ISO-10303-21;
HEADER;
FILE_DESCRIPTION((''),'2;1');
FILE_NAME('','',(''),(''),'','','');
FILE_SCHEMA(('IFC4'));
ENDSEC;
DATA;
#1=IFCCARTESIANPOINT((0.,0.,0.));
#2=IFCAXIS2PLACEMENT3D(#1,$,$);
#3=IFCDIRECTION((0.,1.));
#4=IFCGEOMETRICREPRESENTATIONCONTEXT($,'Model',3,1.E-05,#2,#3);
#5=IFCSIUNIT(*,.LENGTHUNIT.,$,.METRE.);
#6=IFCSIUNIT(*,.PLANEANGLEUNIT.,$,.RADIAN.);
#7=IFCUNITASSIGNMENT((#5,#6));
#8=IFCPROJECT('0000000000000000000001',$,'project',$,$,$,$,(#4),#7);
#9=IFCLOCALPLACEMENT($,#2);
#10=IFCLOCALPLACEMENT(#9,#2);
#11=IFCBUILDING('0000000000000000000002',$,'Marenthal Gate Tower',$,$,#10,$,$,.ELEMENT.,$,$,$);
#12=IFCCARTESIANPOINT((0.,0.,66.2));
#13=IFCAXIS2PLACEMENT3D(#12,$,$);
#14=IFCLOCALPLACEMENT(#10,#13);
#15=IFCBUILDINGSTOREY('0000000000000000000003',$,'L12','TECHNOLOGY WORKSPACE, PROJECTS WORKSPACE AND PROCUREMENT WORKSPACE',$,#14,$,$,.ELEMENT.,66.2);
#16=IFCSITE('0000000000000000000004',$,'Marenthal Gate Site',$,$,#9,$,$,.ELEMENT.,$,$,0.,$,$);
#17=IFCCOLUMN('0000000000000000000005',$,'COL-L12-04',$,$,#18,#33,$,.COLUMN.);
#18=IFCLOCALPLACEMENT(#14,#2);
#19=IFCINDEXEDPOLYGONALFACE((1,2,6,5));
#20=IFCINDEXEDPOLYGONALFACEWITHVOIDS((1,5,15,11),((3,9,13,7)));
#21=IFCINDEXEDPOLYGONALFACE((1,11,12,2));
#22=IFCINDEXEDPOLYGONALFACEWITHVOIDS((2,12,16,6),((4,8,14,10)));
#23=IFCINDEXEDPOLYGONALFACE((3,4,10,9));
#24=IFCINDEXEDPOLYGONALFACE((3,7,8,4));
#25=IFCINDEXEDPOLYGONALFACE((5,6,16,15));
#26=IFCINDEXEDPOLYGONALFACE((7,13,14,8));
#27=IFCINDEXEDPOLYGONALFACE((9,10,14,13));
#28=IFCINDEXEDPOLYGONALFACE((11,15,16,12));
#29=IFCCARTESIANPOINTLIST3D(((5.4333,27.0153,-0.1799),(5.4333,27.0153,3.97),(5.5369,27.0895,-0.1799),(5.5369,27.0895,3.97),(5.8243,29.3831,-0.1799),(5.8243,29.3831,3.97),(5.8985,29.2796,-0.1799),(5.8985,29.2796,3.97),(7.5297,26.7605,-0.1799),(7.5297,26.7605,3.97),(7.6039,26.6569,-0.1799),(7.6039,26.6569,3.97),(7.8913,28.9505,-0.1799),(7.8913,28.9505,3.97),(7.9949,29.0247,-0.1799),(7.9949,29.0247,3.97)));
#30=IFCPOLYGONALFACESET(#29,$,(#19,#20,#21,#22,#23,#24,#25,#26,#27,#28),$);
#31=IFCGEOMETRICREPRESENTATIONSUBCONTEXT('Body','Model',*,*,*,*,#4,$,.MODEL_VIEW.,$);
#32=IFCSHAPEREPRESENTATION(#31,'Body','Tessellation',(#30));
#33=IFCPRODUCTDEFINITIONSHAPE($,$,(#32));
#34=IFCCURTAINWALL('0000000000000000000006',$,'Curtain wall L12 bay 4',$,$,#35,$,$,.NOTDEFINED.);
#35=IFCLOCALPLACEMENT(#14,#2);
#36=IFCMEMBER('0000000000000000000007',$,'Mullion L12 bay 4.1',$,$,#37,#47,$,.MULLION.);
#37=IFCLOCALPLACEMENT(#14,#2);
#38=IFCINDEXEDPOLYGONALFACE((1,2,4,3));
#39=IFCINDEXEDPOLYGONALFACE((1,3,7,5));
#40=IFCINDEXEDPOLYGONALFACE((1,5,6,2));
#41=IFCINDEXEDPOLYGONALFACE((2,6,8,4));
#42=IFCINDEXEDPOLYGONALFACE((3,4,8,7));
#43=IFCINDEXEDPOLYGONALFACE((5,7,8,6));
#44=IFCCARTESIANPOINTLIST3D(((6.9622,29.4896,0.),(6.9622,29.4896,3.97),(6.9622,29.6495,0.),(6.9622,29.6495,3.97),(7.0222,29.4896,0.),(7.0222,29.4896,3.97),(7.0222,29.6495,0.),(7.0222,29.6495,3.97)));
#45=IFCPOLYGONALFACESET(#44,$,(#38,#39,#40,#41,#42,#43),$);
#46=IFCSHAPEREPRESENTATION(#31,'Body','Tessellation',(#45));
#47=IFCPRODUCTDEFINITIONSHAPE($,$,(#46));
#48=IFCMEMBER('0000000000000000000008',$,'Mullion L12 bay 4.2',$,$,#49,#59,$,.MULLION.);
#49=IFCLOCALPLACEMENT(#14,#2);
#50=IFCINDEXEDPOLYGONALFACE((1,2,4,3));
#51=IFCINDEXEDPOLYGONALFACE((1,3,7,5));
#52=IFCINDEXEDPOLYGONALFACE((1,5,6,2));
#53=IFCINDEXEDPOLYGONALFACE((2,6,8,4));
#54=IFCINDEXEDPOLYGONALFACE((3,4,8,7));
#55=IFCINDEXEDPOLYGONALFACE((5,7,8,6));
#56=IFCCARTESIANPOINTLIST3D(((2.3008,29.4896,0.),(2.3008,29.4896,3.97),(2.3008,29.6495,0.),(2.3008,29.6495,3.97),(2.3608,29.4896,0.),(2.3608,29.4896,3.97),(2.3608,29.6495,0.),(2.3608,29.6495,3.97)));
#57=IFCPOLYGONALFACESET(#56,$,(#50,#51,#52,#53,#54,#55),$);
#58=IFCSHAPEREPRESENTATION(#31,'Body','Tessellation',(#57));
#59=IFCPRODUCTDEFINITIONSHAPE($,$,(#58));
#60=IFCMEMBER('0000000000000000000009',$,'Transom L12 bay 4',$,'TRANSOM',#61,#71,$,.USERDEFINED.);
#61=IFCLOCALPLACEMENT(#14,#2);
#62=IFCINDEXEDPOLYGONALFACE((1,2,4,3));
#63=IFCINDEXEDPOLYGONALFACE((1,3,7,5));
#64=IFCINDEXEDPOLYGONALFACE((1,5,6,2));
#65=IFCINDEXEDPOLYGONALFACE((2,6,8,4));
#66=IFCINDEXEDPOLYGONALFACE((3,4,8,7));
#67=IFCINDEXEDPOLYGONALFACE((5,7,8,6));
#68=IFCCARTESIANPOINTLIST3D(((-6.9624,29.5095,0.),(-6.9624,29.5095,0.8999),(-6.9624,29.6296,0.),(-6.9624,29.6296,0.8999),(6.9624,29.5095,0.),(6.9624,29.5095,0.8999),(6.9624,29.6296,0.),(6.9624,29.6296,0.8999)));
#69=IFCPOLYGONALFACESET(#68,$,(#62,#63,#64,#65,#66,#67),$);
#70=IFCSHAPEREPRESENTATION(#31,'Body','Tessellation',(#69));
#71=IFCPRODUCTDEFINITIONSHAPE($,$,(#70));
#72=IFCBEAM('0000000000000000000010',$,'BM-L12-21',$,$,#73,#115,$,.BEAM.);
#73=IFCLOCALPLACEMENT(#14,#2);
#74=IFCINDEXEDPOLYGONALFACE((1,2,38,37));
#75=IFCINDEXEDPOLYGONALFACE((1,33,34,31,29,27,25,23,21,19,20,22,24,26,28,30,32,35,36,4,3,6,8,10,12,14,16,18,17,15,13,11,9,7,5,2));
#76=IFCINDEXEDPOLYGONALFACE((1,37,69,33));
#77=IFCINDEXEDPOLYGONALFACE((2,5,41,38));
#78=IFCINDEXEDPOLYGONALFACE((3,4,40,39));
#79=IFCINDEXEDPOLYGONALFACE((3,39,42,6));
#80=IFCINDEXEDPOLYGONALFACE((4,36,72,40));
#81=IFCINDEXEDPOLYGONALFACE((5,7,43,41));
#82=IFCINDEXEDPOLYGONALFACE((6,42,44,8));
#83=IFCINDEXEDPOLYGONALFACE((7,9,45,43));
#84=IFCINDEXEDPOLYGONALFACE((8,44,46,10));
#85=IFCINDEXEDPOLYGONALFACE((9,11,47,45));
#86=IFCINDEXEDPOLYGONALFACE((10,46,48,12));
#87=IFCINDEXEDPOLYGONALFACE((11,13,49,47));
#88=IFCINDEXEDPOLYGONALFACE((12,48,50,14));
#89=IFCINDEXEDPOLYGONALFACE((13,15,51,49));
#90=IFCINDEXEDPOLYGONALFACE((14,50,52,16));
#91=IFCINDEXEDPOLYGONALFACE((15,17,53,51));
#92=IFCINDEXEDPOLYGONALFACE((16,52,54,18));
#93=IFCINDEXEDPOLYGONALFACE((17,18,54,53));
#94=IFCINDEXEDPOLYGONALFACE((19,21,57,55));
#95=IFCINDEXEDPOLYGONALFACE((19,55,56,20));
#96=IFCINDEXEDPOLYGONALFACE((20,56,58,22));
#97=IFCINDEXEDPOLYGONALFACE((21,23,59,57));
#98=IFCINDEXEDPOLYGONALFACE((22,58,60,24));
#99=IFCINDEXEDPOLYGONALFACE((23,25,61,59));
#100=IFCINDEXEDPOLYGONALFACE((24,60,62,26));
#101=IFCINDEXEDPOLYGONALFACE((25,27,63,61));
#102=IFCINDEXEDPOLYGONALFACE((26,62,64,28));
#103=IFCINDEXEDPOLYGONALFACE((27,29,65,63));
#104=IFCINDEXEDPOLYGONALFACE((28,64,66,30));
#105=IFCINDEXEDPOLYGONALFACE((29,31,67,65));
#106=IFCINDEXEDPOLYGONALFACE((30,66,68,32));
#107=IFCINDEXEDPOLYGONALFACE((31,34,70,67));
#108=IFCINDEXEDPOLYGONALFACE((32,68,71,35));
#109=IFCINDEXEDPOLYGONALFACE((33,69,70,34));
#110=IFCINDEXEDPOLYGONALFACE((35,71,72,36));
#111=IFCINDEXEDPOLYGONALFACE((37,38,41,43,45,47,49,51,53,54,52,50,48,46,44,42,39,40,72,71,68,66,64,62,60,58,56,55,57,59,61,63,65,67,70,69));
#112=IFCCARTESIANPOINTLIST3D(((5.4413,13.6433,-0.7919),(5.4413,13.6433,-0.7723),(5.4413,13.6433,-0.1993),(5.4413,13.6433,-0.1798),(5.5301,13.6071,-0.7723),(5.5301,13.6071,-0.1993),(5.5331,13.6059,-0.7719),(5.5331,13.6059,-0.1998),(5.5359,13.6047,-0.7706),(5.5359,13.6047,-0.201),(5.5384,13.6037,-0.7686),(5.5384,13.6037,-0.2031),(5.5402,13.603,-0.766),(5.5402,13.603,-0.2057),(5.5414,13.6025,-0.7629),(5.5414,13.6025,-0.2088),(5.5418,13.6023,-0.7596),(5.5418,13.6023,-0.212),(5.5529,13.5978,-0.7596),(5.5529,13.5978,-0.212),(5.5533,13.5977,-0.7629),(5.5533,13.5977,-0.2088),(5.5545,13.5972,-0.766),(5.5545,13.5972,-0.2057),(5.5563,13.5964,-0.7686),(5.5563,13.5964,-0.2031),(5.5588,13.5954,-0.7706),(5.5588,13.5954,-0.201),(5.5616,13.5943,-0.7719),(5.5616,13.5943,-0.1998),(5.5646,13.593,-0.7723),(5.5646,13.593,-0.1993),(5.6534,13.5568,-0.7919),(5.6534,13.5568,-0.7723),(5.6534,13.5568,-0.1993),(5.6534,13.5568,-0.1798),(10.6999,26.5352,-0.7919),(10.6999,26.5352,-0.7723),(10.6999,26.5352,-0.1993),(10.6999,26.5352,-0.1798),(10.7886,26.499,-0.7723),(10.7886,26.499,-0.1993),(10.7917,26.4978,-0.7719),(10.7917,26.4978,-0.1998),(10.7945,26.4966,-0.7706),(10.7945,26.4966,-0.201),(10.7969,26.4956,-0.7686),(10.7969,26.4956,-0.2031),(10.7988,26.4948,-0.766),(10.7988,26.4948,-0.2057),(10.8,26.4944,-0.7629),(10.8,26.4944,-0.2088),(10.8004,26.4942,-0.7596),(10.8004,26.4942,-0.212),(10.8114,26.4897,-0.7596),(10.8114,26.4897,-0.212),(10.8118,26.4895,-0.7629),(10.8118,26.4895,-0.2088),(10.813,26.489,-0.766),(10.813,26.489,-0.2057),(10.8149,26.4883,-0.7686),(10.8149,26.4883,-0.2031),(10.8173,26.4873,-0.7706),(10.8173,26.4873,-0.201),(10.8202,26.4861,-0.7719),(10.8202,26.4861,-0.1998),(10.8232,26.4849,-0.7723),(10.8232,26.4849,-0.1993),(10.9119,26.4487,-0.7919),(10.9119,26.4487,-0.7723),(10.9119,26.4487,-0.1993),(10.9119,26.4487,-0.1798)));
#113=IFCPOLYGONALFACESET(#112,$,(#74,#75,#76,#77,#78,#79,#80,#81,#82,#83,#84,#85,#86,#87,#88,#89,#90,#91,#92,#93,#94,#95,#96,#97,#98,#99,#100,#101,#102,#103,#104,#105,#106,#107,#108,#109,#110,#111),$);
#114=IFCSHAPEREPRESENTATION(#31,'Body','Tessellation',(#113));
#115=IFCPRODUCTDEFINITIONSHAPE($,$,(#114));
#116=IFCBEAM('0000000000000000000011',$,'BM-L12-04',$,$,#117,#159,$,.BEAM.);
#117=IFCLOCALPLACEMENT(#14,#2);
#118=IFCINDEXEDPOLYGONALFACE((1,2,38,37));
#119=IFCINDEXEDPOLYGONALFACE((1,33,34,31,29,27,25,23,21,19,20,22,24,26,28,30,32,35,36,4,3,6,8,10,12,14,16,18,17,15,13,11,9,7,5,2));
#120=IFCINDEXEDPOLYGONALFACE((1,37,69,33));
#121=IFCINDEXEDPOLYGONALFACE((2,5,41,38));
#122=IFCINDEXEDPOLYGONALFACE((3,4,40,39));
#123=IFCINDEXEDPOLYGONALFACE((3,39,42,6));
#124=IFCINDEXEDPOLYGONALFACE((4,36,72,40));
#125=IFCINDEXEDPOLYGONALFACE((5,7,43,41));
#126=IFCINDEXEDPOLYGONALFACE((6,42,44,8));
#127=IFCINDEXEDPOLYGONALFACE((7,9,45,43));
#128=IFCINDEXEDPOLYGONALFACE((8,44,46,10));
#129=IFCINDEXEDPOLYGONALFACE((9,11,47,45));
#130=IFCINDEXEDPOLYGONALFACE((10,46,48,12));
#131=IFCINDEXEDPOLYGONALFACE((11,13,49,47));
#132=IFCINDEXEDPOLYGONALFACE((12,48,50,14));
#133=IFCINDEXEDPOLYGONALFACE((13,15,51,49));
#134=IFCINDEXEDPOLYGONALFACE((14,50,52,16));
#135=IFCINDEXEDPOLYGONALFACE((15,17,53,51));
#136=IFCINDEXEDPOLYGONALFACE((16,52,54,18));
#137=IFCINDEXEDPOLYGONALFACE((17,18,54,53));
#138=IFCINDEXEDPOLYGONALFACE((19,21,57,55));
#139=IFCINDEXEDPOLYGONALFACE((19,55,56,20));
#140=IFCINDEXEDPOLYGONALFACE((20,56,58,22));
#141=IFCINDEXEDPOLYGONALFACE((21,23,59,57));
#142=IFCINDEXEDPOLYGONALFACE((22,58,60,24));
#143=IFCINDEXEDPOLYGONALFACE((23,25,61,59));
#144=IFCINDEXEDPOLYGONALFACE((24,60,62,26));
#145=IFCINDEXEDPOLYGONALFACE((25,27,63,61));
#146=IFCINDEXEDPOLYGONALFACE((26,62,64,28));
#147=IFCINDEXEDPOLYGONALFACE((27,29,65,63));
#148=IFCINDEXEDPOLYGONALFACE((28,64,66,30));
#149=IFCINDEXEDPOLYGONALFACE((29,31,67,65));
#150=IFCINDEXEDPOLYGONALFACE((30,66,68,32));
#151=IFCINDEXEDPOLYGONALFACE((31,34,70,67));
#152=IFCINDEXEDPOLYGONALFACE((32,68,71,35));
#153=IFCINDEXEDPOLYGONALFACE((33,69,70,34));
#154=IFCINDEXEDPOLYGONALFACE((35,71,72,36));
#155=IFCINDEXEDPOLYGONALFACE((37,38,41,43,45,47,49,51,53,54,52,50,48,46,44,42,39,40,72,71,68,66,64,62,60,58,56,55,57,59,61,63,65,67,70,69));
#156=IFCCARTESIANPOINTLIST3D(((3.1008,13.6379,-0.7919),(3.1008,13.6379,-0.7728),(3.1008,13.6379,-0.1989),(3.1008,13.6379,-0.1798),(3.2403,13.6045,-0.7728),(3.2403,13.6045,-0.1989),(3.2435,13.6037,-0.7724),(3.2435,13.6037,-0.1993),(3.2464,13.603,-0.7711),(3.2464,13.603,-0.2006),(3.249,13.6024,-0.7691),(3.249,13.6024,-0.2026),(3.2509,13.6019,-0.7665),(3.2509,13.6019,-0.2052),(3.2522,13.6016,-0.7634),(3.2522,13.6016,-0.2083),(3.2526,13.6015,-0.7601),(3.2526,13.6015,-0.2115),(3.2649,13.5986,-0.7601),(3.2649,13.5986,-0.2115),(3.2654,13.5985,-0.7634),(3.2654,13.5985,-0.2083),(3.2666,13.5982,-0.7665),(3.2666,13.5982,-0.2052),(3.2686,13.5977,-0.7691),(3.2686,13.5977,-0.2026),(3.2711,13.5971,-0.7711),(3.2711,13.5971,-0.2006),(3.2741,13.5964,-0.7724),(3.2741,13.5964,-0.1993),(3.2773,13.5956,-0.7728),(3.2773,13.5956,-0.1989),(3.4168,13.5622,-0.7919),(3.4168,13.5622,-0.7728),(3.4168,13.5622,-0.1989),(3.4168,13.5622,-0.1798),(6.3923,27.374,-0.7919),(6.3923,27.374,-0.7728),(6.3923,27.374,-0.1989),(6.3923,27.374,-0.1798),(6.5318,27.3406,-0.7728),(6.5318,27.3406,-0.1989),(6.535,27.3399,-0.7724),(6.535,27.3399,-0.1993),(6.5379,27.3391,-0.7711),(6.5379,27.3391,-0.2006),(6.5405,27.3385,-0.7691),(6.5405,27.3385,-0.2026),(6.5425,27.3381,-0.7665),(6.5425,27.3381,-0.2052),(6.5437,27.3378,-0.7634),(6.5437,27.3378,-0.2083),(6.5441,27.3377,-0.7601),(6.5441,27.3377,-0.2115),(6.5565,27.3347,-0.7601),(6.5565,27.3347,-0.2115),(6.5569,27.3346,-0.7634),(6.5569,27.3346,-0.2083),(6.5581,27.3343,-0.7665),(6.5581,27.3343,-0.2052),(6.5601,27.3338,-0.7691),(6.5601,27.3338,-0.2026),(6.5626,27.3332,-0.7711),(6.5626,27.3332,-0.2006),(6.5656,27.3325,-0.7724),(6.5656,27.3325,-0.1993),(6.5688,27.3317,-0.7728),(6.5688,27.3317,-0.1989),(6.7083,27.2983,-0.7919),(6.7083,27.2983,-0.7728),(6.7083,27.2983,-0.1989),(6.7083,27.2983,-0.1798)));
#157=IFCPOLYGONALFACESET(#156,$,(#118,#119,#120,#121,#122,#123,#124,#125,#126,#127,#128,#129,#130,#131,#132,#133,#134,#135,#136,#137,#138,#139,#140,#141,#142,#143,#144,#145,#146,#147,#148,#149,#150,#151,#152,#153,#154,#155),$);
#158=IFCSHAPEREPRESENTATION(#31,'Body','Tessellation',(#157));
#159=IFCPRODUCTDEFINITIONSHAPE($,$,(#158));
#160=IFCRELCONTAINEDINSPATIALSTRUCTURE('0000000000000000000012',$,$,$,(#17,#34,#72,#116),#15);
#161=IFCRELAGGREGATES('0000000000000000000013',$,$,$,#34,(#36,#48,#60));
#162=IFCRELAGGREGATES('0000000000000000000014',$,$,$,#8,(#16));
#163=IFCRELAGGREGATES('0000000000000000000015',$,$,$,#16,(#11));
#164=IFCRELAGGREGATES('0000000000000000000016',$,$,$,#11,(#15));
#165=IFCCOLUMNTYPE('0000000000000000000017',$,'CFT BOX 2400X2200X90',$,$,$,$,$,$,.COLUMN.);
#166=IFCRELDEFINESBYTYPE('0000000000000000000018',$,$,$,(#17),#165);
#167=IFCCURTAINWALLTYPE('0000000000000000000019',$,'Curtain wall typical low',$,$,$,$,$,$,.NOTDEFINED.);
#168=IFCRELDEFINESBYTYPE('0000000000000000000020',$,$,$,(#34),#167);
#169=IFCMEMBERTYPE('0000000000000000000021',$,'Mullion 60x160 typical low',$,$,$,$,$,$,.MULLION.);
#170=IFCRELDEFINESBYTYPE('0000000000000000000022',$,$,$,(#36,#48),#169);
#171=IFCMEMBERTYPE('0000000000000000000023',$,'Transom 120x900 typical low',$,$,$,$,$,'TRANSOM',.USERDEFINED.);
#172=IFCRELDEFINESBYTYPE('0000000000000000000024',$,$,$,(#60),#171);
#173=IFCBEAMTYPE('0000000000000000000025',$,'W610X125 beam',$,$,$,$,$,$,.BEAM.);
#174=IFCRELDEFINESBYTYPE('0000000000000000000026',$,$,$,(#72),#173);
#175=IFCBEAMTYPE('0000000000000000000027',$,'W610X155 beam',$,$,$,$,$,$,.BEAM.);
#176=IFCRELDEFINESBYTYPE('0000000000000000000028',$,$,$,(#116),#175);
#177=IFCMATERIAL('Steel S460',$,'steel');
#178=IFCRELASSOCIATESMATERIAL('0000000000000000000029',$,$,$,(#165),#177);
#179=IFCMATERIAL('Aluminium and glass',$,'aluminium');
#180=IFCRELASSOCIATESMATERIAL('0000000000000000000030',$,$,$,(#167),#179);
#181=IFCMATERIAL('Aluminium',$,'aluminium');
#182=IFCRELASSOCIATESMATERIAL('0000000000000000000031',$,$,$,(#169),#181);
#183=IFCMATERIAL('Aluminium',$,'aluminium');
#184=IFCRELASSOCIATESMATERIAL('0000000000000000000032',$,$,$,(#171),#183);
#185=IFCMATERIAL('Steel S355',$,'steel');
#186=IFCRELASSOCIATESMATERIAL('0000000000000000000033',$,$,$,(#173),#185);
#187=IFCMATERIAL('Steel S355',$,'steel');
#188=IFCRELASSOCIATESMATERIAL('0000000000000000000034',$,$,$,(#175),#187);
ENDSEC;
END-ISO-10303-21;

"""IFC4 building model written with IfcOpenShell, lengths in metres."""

from ifc_helpers import new_model, si_unit, direction, frame, origin, origin_2d, place, context, subcontext, project, spatial, rectangle, hollow_rectangle, i_section, extrude, material, material_profile, profile_set, type_object, element, aggregate, save


model = new_model("IFC4")

# Units and contexts
model_context = context("Model", 3, precision=1e-05, world=origin(), true_north=direction((0.0, 1.0)))
body_context = subcontext(model_context, "Body", "Model", "MODEL_VIEW")
ifc_project = project(units=[si_unit("LENGTHUNIT", "METRE"), si_unit("PLANEANGLEUNIT", "RADIAN")], contexts=[model_context])

# Site, building, storey
site_placement = place(None, origin())
site = spatial("IfcSite", under=ifc_project, at=site_placement, Name="Marenthal Gate Site", CompositionType="ELEMENT", RefElevation=0.0)
building_placement = place(site_placement, origin())
building = spatial("IfcBuilding", under=site, at=building_placement, Name="Marenthal Gate Tower", CompositionType="ELEMENT")
storey_placement = place(building_placement, frame((0.0, 0.0, 66.2)))
storey = spatial("IfcBuildingStorey", under=building, at=storey_placement, Name="L12", Description="TECHNOLOGY WORKSPACE, PROJECTS WORKSPACE AND PROCUREMENT WORKSPACE", CompositionType="ELEMENT", Elevation=66.2)

# Column
ifc_material_1 = material(Name="Steel S460", Category="steel")
ifc_material_profile_1 = material_profile(ifc_material_1, hollow_rectangle(XDim=2.2, YDim=2.3999, WallThickness=0.0901, at=origin_2d()), Name="CFT BOX 2400X2200X90")
ifc_material_2 = material(Name="Concrete 70 MPa", Category="concrete")
ifc_material_profile_2 = material_profile(ifc_material_2, rectangle(XDim=2.02, YDim=2.22, at=origin_2d()), Name="CFT BOX 2400X2200X90 INFILL")
ifc_profile_set_1 = profile_set([ifc_material_profile_1, ifc_material_profile_2], Name="Steel S460 shell, Concrete 70 MPa infill")
column_type = type_object("IfcColumnType", Name="CFT BOX 2400X2200X90", PredefinedType="COLUMN", material=ifc_profile_set_1)
column_placement = place(storey_placement, frame((6.7141, 28.02, -0.1799), z_axis=(0.0, 0.0, 1.0), x_axis=(0.98664, -0.162918, 0.0)))
element("IfcColumn", 1, at=column_placement, inside=storey, type_object=column_type, Name="COL-L12-04", PredefinedType="COLUMN", context=body_context, shape_type="SweptSolid", body=[
    extrude(hollow_rectangle(XDim=2.2, YDim=2.3999, WallThickness=0.0901, at=origin_2d()), origin(), (0.0, 0.0, 1.0), 4.1499),
])

# Curtain wall, members
ifc_material_3 = material(Name="Aluminium and glass", Category="aluminium")
curtain_wall_type = type_object("IfcCurtainWallType", Name="Curtain wall typical low", PredefinedType="NOTDEFINED", material=ifc_material_3)
curtain_wall_placement = place(storey_placement, origin())
curtain_wall = element("IfcCurtainWall", 2, at=curtain_wall_placement, inside=storey, type_object=curtain_wall_type, Name="Curtain wall L12 bay 4", PredefinedType="NOTDEFINED")
ifc_material_4 = material(Name="Aluminium", Category="aluminium")
ifc_material_profile_3 = material_profile(ifc_material_4, rectangle(XDim=0.1599, YDim=0.0601, at=origin_2d()), Name="60x160 aluminium mullion")
ifc_profile_set_2 = profile_set([ifc_material_profile_3], Name="Aluminium")
member_type_1 = type_object("IfcMemberType", Name="Mullion 60x160 typical low", PredefinedType="MULLION", material=ifc_profile_set_2)
member_1_placement = place(storey_placement, frame((6.9922, 29.5696, 0.0), z_axis=(0.0, 0.0, 1.0), x_axis=(0.0, -1.0, 0.0)))
member_1 = element("IfcMember", 3, at=member_1_placement, type_object=member_type_1, Name="Mullion L12 bay 4.1", PredefinedType="MULLION", context=body_context, shape_type="SweptSolid", body=[
    extrude(rectangle(XDim=0.1599, YDim=0.0601, at=origin_2d()), origin(), (0.0, 0.0, 1.0), 3.97),
])
member_2_placement = place(storey_placement, frame((2.3308, 29.5696, 0.0), z_axis=(0.0, 0.0, 1.0), x_axis=(0.0, -1.0, 0.0)))
member_2 = element("IfcMember", 4, at=member_2_placement, type_object=member_type_1, Name="Mullion L12 bay 4.2", PredefinedType="MULLION", context=body_context, shape_type="SweptSolid", body=[
    extrude(rectangle(XDim=0.1599, YDim=0.0601, at=origin_2d()), origin(), (0.0, 0.0, 1.0), 3.97),
])
ifc_material_5 = material(Name="Aluminium", Category="aluminium")
ifc_material_profile_4 = material_profile(ifc_material_5, rectangle(XDim=0.1201, YDim=0.8999, at=origin_2d()), Name="120x900 aluminium transom")
ifc_profile_set_3 = profile_set([ifc_material_profile_4], Name="Aluminium")
member_type_2 = type_object("IfcMemberType", Name="Transom 120x900 typical low", ElementType="TRANSOM", PredefinedType="USERDEFINED", material=ifc_profile_set_3)
member_3_placement = place(storey_placement, frame((6.9624, 29.5696, 0.45), z_axis=(-1.0, 0.0, 0.0), x_axis=(0.0, -1.0, 0.0)))
member_3 = element("IfcMember", 5, at=member_3_placement, type_object=member_type_2, Name="Transom L12 bay 4", ObjectType="TRANSOM", PredefinedType="USERDEFINED", context=body_context, shape_type="SweptSolid", body=[
    extrude(rectangle(XDim=0.1201, YDim=0.8999, at=origin_2d()), origin(), (0.0, 0.0, 1.0), 13.9248),
])

# Beams
ifc_material_6 = material(Name="Steel S355", Category="steel")
ifc_material_profile_5 = material_profile(ifc_material_6, i_section(OverallWidth=0.229, OverallDepth=0.6121, WebThickness=0.012, FlangeThickness=0.0195, FilletRadius=0.0127, at=origin_2d()), Name="W610X125")
ifc_profile_set_4 = profile_set([ifc_material_profile_5], Name="Steel S355")
beam_type_1 = type_object("IfcBeamType", Name="W610X125 beam", PredefinedType="BEAM", material=ifc_profile_set_4)
beam_1_placement = place(storey_placement, frame((10.8059, 26.4919, -0.4858), z_axis=(-0.377686, -0.925934, 0.0), x_axis=(0.925934, -0.377686, 0.0)))
element("IfcBeam", 6, at=beam_1_placement, inside=storey, type_object=beam_type_1, Name="BM-L12-21", PredefinedType="BEAM", context=body_context, shape_type="SweptSolid", body=[
    extrude(i_section(OverallWidth=0.229, OverallDepth=0.6121, WebThickness=0.012, FlangeThickness=0.0195, FilletRadius=0.0127, at=origin_2d()), origin(), (0.0, 0.0, 1.0), 13.9231),
])
ifc_material_7 = material(Name="Steel S355", Category="steel")
ifc_material_profile_6 = material_profile(ifc_material_7, i_section(OverallWidth=0.325, OverallDepth=0.6121, WebThickness=0.0127, FlangeThickness=0.019, FilletRadius=0.0127, at=origin_2d()), Name="W610X155")
ifc_profile_set_5 = profile_set([ifc_material_profile_6], Name="Steel S355")
beam_type_2 = type_object("IfcBeamType", Name="W610X155 beam", PredefinedType="BEAM", material=ifc_profile_set_5)
beam_2_placement = place(storey_placement, frame((6.5503, 27.3362, -0.4858), z_axis=(-0.233028, -0.97247, 0.0), x_axis=(0.97247, -0.233028, 0.0)))
element("IfcBeam", 7, at=beam_2_placement, inside=storey, type_object=beam_type_2, Name="BM-L12-04", PredefinedType="BEAM", context=body_context, shape_type="SweptSolid", body=[
    extrude(i_section(OverallWidth=0.325, OverallDepth=0.6121, WebThickness=0.0127, FlangeThickness=0.019, FilletRadius=0.0127, at=origin_2d()), origin(), (0.0, 0.0, 1.0), 14.125),
])

aggregate(curtain_wall, [member_1, member_2, member_3])

save(model, "model.ifc")
